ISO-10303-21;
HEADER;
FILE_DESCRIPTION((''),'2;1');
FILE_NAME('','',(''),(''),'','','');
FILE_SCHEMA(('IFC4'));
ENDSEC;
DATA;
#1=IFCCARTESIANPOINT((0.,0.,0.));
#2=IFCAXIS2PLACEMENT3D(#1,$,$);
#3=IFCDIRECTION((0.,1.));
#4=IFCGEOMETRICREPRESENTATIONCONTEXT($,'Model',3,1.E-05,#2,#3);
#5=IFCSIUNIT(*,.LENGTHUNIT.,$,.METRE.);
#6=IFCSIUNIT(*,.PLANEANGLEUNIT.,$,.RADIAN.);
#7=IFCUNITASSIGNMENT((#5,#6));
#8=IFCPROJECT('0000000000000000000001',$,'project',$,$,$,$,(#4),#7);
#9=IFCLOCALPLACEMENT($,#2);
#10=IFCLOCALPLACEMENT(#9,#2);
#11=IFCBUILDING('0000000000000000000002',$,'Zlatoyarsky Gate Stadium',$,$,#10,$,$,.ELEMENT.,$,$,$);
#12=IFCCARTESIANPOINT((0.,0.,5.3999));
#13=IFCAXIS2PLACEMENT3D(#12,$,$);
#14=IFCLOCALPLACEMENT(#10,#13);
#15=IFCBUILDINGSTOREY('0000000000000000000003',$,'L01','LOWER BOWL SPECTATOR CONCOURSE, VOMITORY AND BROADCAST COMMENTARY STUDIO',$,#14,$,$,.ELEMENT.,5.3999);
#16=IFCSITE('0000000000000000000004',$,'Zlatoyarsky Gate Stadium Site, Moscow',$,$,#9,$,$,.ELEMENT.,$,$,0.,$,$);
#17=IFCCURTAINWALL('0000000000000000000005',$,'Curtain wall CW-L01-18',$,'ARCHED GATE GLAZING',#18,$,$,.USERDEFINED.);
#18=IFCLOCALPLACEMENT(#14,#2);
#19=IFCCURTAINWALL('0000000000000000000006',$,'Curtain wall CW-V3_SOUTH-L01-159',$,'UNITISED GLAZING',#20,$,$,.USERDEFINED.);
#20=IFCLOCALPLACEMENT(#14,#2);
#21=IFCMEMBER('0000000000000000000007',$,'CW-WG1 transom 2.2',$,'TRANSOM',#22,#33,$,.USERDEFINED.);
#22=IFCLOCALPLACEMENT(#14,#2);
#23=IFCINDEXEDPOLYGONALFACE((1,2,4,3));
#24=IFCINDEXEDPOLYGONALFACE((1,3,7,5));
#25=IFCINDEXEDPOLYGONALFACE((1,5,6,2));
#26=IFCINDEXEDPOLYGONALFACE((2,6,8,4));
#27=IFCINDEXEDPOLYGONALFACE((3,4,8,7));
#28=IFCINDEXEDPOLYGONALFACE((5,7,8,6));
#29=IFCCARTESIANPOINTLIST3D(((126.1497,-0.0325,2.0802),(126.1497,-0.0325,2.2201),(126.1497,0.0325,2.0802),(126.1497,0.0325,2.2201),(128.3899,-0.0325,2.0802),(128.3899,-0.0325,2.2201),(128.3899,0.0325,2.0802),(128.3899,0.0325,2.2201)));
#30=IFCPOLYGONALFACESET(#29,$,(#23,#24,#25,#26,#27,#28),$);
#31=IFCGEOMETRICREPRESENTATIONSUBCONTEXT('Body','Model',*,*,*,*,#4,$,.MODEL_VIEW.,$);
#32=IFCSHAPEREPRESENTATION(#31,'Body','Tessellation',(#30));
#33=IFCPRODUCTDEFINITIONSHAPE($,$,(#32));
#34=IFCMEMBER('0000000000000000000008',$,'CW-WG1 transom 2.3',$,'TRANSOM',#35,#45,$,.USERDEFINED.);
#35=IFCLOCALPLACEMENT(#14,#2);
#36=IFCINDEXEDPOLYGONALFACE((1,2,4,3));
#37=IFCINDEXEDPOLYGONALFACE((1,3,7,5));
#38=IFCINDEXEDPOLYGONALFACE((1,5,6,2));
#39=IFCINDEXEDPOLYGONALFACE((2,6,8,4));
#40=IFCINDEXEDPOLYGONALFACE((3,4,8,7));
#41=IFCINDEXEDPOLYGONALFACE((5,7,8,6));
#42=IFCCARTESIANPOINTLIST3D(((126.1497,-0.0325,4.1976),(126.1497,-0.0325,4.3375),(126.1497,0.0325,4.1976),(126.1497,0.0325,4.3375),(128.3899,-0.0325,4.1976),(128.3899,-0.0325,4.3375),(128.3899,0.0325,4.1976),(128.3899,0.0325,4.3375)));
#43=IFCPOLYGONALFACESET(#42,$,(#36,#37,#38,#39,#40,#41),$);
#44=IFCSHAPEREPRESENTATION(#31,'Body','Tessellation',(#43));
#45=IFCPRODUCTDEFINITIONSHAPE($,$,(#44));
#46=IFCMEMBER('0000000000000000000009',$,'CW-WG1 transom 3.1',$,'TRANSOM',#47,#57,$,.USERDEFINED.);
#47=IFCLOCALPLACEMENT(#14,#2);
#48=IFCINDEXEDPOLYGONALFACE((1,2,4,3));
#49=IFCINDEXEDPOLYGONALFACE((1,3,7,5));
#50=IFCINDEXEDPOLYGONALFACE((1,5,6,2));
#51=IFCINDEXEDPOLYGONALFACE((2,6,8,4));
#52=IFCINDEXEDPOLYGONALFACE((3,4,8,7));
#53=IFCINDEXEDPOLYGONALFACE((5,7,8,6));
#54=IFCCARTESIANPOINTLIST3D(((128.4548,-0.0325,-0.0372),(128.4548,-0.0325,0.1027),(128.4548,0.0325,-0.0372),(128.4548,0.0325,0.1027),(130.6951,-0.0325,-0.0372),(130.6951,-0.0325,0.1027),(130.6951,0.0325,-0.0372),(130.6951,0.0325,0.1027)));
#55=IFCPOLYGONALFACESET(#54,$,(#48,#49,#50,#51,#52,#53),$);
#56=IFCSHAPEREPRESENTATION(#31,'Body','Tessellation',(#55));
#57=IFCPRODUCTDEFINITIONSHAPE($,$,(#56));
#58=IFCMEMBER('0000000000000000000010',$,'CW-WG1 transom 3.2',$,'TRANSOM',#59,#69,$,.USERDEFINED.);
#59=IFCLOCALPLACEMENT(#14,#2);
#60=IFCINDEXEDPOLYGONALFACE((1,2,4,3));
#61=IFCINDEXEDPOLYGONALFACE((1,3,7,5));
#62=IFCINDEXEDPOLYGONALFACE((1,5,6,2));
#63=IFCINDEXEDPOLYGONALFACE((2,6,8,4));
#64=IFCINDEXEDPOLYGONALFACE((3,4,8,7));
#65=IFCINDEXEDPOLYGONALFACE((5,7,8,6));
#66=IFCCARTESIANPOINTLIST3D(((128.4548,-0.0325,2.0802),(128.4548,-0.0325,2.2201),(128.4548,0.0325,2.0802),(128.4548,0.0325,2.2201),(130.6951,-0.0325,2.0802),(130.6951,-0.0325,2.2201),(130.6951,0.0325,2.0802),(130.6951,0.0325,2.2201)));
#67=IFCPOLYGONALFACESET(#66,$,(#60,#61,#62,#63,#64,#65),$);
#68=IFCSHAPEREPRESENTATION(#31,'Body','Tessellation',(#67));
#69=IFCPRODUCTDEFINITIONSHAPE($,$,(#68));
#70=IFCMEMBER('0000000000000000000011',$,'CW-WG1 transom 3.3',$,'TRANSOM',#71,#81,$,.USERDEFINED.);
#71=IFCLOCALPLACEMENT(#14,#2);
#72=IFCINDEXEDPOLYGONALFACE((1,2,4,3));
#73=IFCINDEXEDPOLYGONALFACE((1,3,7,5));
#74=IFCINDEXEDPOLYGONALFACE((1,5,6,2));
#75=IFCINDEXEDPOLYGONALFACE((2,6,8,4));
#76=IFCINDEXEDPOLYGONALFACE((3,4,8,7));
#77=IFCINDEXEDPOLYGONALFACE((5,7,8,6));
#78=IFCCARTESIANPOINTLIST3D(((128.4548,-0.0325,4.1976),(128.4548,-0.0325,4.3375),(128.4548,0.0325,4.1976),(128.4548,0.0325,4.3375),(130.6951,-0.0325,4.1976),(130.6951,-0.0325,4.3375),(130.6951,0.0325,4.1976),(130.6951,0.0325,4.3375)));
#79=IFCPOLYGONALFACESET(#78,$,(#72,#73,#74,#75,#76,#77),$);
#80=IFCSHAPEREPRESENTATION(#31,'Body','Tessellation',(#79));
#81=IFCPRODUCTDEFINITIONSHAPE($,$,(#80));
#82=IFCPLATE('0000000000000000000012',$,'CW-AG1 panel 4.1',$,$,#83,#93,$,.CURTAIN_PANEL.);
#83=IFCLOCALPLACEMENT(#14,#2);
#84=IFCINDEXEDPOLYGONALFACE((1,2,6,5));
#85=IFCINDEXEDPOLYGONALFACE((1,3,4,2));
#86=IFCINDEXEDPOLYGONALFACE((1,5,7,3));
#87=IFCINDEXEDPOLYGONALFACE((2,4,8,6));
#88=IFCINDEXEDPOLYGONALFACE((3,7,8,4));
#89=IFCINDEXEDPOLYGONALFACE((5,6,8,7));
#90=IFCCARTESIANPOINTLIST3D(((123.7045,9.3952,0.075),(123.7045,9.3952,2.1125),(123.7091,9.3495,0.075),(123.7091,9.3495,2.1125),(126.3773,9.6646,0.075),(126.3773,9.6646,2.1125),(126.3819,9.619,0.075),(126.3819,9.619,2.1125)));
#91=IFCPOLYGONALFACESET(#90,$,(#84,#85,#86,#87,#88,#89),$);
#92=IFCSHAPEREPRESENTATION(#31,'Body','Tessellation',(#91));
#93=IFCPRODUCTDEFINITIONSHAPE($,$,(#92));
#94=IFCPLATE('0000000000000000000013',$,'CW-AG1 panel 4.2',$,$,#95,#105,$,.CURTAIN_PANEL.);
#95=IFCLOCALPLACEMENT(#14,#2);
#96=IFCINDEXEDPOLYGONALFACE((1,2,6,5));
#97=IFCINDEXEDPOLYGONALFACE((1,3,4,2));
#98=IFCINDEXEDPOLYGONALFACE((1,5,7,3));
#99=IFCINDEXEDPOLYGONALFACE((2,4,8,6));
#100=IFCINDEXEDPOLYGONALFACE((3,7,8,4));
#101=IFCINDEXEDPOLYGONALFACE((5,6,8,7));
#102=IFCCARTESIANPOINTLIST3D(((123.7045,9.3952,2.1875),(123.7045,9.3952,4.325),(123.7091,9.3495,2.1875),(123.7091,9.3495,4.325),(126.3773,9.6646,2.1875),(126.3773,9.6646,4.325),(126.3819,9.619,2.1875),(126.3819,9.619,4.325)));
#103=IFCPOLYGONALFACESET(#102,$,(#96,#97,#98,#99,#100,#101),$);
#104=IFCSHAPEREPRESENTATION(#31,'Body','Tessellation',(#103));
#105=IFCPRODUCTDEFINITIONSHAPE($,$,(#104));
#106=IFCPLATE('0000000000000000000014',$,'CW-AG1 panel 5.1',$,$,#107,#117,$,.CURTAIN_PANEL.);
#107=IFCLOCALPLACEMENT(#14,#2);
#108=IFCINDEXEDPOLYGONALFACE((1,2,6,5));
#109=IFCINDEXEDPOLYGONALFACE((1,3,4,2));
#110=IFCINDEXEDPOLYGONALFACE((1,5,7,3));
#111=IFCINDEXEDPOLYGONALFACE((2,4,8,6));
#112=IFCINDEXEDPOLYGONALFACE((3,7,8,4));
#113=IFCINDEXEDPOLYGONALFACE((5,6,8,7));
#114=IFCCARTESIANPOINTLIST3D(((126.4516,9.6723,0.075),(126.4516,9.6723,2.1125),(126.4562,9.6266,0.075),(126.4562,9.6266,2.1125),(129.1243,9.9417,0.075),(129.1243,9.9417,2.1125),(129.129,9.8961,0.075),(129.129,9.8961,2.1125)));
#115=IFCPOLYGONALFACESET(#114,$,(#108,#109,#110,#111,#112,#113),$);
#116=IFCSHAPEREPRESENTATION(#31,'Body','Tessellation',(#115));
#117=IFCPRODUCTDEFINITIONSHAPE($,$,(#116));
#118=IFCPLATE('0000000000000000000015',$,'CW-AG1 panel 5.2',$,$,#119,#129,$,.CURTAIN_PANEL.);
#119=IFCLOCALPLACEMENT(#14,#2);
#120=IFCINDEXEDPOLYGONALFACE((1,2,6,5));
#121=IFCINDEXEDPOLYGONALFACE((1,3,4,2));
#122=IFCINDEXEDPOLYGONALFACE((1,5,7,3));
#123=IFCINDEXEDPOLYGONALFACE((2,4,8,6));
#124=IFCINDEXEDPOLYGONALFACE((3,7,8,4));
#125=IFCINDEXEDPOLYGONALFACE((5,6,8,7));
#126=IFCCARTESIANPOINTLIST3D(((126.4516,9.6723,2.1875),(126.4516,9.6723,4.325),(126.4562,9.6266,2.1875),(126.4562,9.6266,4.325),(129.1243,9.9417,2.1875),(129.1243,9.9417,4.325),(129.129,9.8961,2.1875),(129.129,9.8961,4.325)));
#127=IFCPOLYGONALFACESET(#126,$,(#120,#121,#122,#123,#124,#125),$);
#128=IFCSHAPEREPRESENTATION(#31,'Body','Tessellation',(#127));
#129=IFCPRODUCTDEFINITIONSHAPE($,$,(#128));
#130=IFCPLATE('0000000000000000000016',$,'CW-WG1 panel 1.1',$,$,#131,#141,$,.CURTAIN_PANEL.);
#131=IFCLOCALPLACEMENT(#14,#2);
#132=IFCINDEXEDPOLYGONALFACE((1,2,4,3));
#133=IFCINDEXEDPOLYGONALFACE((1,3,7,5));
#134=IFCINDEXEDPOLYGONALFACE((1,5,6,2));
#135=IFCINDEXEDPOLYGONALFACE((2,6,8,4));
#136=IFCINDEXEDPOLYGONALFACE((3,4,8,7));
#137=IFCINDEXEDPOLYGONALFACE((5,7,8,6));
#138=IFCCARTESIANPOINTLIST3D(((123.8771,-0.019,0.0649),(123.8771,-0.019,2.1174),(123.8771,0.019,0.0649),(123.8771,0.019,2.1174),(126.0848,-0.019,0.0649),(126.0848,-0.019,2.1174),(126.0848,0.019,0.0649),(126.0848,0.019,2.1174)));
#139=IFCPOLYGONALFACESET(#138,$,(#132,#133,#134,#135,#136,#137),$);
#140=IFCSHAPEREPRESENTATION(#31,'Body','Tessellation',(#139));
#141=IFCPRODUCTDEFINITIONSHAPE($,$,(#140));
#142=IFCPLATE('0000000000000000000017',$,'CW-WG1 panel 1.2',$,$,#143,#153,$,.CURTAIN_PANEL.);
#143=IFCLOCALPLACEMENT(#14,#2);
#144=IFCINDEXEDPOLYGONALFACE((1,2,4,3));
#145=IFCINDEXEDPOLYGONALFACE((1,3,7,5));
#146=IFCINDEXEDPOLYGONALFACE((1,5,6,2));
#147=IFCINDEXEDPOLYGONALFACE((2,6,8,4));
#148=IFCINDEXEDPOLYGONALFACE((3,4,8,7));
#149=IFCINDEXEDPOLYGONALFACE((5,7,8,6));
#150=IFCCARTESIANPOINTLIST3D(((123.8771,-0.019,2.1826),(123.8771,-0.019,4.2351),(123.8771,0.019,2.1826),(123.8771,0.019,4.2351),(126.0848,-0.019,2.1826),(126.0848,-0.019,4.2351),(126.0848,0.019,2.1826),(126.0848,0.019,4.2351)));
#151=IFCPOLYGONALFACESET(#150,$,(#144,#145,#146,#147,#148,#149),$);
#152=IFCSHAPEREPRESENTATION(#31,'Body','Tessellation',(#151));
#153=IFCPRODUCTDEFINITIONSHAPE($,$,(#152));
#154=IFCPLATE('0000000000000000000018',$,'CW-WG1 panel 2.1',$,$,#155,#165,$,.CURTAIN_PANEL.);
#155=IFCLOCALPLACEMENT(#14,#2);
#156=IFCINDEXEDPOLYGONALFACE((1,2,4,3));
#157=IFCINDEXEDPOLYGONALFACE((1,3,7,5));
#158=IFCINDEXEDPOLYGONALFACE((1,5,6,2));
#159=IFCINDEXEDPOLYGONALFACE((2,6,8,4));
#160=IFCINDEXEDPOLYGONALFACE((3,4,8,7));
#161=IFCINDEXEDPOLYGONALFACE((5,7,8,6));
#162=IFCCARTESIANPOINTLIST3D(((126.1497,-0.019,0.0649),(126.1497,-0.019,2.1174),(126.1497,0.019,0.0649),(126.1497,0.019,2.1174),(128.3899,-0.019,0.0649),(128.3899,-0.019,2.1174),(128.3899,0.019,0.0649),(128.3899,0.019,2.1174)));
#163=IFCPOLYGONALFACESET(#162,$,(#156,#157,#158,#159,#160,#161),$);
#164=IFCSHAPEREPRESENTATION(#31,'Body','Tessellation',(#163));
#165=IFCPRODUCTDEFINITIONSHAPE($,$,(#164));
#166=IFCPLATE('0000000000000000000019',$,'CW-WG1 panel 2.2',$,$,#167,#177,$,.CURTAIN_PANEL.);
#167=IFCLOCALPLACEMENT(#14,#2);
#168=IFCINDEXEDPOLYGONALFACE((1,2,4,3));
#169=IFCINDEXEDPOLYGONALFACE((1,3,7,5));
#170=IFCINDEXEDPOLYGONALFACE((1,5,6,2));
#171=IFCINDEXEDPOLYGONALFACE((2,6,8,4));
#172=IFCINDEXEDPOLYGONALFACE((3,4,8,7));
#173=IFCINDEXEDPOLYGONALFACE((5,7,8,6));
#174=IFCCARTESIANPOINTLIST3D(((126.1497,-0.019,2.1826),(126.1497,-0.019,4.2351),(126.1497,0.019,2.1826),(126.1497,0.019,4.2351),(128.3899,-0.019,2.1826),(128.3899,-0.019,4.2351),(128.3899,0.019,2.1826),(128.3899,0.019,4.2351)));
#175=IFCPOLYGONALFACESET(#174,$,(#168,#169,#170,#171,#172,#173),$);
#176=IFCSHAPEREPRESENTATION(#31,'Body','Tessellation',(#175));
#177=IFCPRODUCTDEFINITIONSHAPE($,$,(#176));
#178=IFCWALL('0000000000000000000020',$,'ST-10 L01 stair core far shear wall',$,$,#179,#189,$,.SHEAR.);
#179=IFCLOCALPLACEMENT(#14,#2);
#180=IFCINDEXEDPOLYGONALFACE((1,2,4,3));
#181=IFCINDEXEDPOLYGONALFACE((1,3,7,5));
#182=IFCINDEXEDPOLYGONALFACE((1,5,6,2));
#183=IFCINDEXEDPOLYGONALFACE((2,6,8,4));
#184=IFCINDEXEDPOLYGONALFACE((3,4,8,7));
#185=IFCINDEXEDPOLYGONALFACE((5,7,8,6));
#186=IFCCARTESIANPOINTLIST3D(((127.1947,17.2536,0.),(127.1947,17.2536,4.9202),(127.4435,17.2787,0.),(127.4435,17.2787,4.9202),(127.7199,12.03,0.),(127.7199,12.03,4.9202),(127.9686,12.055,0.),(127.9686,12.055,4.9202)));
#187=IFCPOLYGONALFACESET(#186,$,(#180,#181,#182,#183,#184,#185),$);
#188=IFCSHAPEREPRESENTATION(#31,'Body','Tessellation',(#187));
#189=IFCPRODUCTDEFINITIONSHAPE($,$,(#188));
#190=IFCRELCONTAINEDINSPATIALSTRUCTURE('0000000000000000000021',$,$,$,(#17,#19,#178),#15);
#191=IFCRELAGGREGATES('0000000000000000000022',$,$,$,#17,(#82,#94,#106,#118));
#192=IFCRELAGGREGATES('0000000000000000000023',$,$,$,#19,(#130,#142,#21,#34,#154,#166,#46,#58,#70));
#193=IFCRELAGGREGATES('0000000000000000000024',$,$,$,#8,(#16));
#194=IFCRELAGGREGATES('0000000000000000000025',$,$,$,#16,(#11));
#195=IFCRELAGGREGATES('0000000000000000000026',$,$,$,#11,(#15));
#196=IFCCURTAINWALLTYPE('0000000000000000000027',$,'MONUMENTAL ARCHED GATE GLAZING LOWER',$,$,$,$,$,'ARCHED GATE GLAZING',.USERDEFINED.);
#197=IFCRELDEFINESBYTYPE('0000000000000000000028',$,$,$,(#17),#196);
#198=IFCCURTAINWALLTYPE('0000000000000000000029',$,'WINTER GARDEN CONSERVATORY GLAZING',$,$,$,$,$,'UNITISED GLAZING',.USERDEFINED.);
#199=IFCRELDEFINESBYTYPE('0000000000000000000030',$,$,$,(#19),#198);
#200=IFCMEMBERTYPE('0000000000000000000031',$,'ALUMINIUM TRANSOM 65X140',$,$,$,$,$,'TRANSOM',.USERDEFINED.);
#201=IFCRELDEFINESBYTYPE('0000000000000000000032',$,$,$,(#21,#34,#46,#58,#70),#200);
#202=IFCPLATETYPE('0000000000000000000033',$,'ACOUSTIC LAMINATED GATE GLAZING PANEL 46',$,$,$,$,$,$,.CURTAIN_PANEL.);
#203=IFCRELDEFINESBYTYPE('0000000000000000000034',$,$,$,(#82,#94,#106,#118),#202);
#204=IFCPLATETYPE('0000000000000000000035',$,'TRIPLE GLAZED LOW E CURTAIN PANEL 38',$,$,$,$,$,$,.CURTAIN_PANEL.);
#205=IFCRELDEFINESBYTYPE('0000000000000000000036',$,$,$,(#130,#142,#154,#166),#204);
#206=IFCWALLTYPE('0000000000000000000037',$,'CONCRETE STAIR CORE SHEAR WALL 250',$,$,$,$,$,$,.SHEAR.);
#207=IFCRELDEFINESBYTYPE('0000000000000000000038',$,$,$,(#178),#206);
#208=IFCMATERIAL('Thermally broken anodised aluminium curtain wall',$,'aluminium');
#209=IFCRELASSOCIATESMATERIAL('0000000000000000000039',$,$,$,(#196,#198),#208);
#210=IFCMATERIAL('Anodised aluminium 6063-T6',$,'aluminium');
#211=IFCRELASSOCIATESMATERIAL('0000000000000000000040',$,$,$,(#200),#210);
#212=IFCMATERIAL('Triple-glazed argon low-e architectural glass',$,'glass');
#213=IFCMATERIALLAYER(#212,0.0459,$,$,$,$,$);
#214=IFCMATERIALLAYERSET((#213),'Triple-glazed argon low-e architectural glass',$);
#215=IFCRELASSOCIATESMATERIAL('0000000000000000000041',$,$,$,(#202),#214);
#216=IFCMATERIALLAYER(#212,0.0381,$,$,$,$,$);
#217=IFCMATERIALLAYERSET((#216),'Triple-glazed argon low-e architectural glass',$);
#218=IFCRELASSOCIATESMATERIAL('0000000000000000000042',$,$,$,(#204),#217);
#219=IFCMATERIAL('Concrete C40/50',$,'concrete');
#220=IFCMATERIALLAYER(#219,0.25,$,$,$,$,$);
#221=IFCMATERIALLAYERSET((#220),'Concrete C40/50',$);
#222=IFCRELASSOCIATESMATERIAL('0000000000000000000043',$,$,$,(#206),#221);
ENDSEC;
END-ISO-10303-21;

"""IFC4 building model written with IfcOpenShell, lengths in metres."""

from ifc_helpers import new_model, si_unit, direction, frame, frame_2d, origin, origin_2d, place, context, subcontext, project, spatial, rectangle, extrude, material, layer, layer_set, material_profile, profile_set, type_object, element, aggregate, save


model = new_model("IFC4")

# Units and contexts
model_context = context("Model", 3, precision=1e-05, world=origin(), true_north=direction((0.0, 1.0)))
body_context = subcontext(model_context, "Body", "Model", "MODEL_VIEW")
ifc_project = project(units=[si_unit("LENGTHUNIT", "METRE"), si_unit("PLANEANGLEUNIT", "RADIAN")], contexts=[model_context])

# Site, building, storey
site_placement = place(None, origin())
site = spatial("IfcSite", under=ifc_project, at=site_placement, Name="Zlatoyarsky Gate Stadium Site, Moscow", CompositionType="ELEMENT", RefElevation=0.0)
building_placement = place(site_placement, origin())
building = spatial("IfcBuilding", under=site, at=building_placement, Name="Zlatoyarsky Gate Stadium", CompositionType="ELEMENT")
storey_placement = place(building_placement, frame((0.0, 0.0, 5.3999)))
storey = spatial("IfcBuildingStorey", under=building, at=storey_placement, Name="L01", Description="LOWER BOWL SPECTATOR CONCOURSE, VOMITORY AND BROADCAST COMMENTARY STUDIO", CompositionType="ELEMENT", Elevation=5.3999)

# Curtain walls, members
ifc_material_1 = material(Name="Thermally broken anodised aluminium curtain wall", Category="aluminium")
curtain_wall_type_1 = type_object("IfcCurtainWallType", Name="MONUMENTAL ARCHED GATE GLAZING LOWER", ElementType="ARCHED GATE GLAZING", PredefinedType="USERDEFINED", material=ifc_material_1)
curtain_wall_1_placement = place(storey_placement, origin())
curtain_wall_1 = element("IfcCurtainWall", 1, at=curtain_wall_1_placement, inside=storey, type_object=curtain_wall_type_1, Name="Curtain wall CW-L01-18", ObjectType="ARCHED GATE GLAZING", PredefinedType="USERDEFINED")
ifc_material_2 = material(Name="Anodised aluminium 6063-T6", Category="aluminium")
curtain_wall_type_2 = type_object("IfcCurtainWallType", Name="WINTER GARDEN CONSERVATORY GLAZING", ElementType="UNITISED GLAZING", PredefinedType="USERDEFINED", material=ifc_material_1)
curtain_wall_2_placement = place(storey_placement, origin())
curtain_wall_2 = element("IfcCurtainWall", 2, at=curtain_wall_2_placement, inside=storey, type_object=curtain_wall_type_2, Name="Curtain wall CW-V3_SOUTH-L01-159", ObjectType="UNITISED GLAZING", PredefinedType="USERDEFINED")
ifc_material_profile_1 = material_profile(ifc_material_2, rectangle(XDim=0.0649, YDim=0.1399, at=origin_2d()), Name="ALU 65X140")
ifc_profile_set_1 = profile_set([ifc_material_profile_1], Name="Anodised aluminium 6063-T6")
member_type_1 = type_object("IfcMemberType", Name="ALUMINIUM TRANSOM 65X140", ElementType="TRANSOM", PredefinedType="USERDEFINED", material=ifc_profile_set_1)
member_1_placement = place(storey_placement, frame((126.1497, 0.0, 2.1501), z_axis=(1.0, 0.0, 0.0), x_axis=(0.0, 1.0, 0.0)))
member_1 = element("IfcMember", 3, at=member_1_placement, type_object=member_type_1, Name="CW-WG1 transom 2.2", ObjectType="TRANSOM", PredefinedType="USERDEFINED", context=body_context, shape_type="SweptSolid", body=[
    extrude(rectangle(XDim=0.0649, YDim=0.1399, at=origin_2d()), origin(), (0.0, 0.0, 1.0), 2.2402),
])
member_2_placement = place(storey_placement, frame((126.1497, 0.0, 4.2676), z_axis=(1.0, 0.0, 0.0), x_axis=(0.0, 1.0, 0.0)))
member_2 = element("IfcMember", 4, at=member_2_placement, type_object=member_type_1, Name="CW-WG1 transom 2.3", ObjectType="TRANSOM", PredefinedType="USERDEFINED", context=body_context, shape_type="SweptSolid", body=[
    extrude(rectangle(XDim=0.0649, YDim=0.1399, at=origin_2d()), origin(), (0.0, 0.0, 1.0), 2.2402),
])
member_3_placement = place(storey_placement, frame((128.4548, 0.0, 0.0327), z_axis=(1.0, 0.0, 0.0), x_axis=(0.0, 1.0, 0.0)))
member_3 = element("IfcMember", 5, at=member_3_placement, type_object=member_type_1, Name="CW-WG1 transom 3.1", ObjectType="TRANSOM", PredefinedType="USERDEFINED", context=body_context, shape_type="SweptSolid", body=[
    extrude(rectangle(XDim=0.0649, YDim=0.1399, at=origin_2d()), origin(), (0.0, 0.0, 1.0), 2.2402),
])
member_4_placement = place(storey_placement, frame((128.4548, 0.0, 2.1501), z_axis=(1.0, 0.0, 0.0), x_axis=(0.0, 1.0, 0.0)))
member_4 = element("IfcMember", 6, at=member_4_placement, type_object=member_type_1, Name="CW-WG1 transom 3.2", ObjectType="TRANSOM", PredefinedType="USERDEFINED", context=body_context, shape_type="SweptSolid", body=[
    extrude(rectangle(XDim=0.0649, YDim=0.1399, at=origin_2d()), origin(), (0.0, 0.0, 1.0), 2.2402),
])
member_5_placement = place(storey_placement, frame((128.4548, 0.0, 4.2676), z_axis=(1.0, 0.0, 0.0), x_axis=(0.0, 1.0, 0.0)))
member_5 = element("IfcMember", 7, at=member_5_placement, type_object=member_type_1, Name="CW-WG1 transom 3.3", ObjectType="TRANSOM", PredefinedType="USERDEFINED", context=body_context, shape_type="SweptSolid", body=[
    extrude(rectangle(XDim=0.0649, YDim=0.1399, at=origin_2d()), origin(), (0.0, 0.0, 1.0), 2.2402),
])

# Plates
ifc_material_3 = material(Name="Triple-glazed argon low-e architectural glass", Category="glass")
ifc_layer_1 = layer(ifc_material_3, 0.0459)
ifc_layer_set_1 = layer_set([ifc_layer_1], Name="Triple-glazed argon low-e architectural glass")
plate_type_1 = type_object("IfcPlateType", Name="ACOUSTIC LAMINATED GATE GLAZING PANEL 46", PredefinedType="CURTAIN_PANEL", material=ifc_layer_set_1)
plate_1_placement = place(storey_placement, frame((125.0432, 9.5071, 0.075), z_axis=(0.0, 0.0, 1.0), x_axis=(0.994957, 0.100303, 0.0)))
plate_1 = element("IfcPlate", 8, at=plate_1_placement, type_object=plate_type_1, Name="CW-AG1 panel 4.1", PredefinedType="CURTAIN_PANEL", context=body_context, shape_type="SweptSolid", body=[
    extrude(rectangle(XDim=2.6863, YDim=0.0459, at=origin_2d()), origin(), (0.0, 0.0, 1.0), 2.0376),
])
plate_2_placement = place(storey_placement, frame((125.0432, 9.5071, 2.1875), z_axis=(0.0, 0.0, 1.0), x_axis=(0.994957, 0.100303, 0.0)))
plate_2 = element("IfcPlate", 9, at=plate_2_placement, type_object=plate_type_1, Name="CW-AG1 panel 4.2", PredefinedType="CURTAIN_PANEL", context=body_context, shape_type="SweptSolid", body=[
    extrude(rectangle(XDim=2.6863, YDim=0.0459, at=origin_2d()), origin(), (0.0, 0.0, 1.0), 2.1375),
])
plate_3_placement = place(storey_placement, frame((127.7903, 9.7842, 0.075), z_axis=(0.0, 0.0, 1.0), x_axis=(0.994957, 0.100303, 0.0)))
plate_3 = element("IfcPlate", 10, at=plate_3_placement, type_object=plate_type_1, Name="CW-AG1 panel 5.1", PredefinedType="CURTAIN_PANEL", context=body_context, shape_type="SweptSolid", body=[
    extrude(rectangle(XDim=2.6863, YDim=0.0459, at=origin_2d()), origin(), (0.0, 0.0, 1.0), 2.0376),
])
plate_4_placement = place(storey_placement, frame((127.7903, 9.7842, 2.1875), z_axis=(0.0, 0.0, 1.0), x_axis=(0.994957, 0.100303, 0.0)))
plate_4 = element("IfcPlate", 11, at=plate_4_placement, type_object=plate_type_1, Name="CW-AG1 panel 5.2", PredefinedType="CURTAIN_PANEL", context=body_context, shape_type="SweptSolid", body=[
    extrude(rectangle(XDim=2.6863, YDim=0.0459, at=origin_2d()), origin(), (0.0, 0.0, 1.0), 2.1375),
])
aggregate(curtain_wall_1, [plate_1, plate_2, plate_3, plate_4])
ifc_layer_2 = layer(ifc_material_3, 0.0381)
ifc_layer_set_2 = layer_set([ifc_layer_2], Name="Triple-glazed argon low-e architectural glass")
plate_type_2 = type_object("IfcPlateType", Name="TRIPLE GLAZED LOW E CURTAIN PANEL 38", PredefinedType="CURTAIN_PANEL", material=ifc_layer_set_2)
plate_5_placement = place(storey_placement, frame((124.981, 0.0, 0.0649), z_axis=(0.0, 0.0, 1.0), x_axis=(1.0, 0.0, 0.0)))
plate_5 = element("IfcPlate", 12, at=plate_5_placement, type_object=plate_type_2, Name="CW-WG1 panel 1.1", PredefinedType="CURTAIN_PANEL", context=body_context, shape_type="SweptSolid", body=[
    extrude(rectangle(XDim=2.2078, YDim=0.0381, at=origin_2d()), origin(), (0.0, 0.0, 1.0), 2.0525),
])
plate_6_placement = place(storey_placement, frame((124.981, 0.0, 2.1826), z_axis=(0.0, 0.0, 1.0), x_axis=(1.0, 0.0, 0.0)))
plate_6 = element("IfcPlate", 13, at=plate_6_placement, type_object=plate_type_2, Name="CW-WG1 panel 1.2", PredefinedType="CURTAIN_PANEL", context=body_context, shape_type="SweptSolid", body=[
    extrude(rectangle(XDim=2.2078, YDim=0.0381, at=origin_2d()), origin(), (0.0, 0.0, 1.0), 2.0525),
])
plate_7_placement = place(storey_placement, frame((127.2698, 0.0, 0.0649), z_axis=(0.0, 0.0, 1.0), x_axis=(1.0, 0.0, 0.0)))
plate_7 = element("IfcPlate", 14, at=plate_7_placement, type_object=plate_type_2, Name="CW-WG1 panel 2.1", PredefinedType="CURTAIN_PANEL", context=body_context, shape_type="SweptSolid", body=[
    extrude(rectangle(XDim=2.2402, YDim=0.0381, at=origin_2d()), origin(), (0.0, 0.0, 1.0), 2.0525),
])
plate_8_placement = place(storey_placement, frame((127.2698, 0.0, 2.1826), z_axis=(0.0, 0.0, 1.0), x_axis=(1.0, 0.0, 0.0)))
plate_8 = element("IfcPlate", 15, at=plate_8_placement, type_object=plate_type_2, Name="CW-WG1 panel 2.2", PredefinedType="CURTAIN_PANEL", context=body_context, shape_type="SweptSolid", body=[
    extrude(rectangle(XDim=2.2402, YDim=0.0381, at=origin_2d()), origin(), (0.0, 0.0, 1.0), 2.0525),
])
aggregate(curtain_wall_2, [plate_5, plate_6, member_1, member_2, plate_7, plate_8, member_3, member_4, member_5])

# Wall
ifc_material_4 = material(Name="Concrete C40/50", Category="concrete")
ifc_layer_3 = layer(ifc_material_4, 0.25)
ifc_layer_set_3 = layer_set([ifc_layer_3], Name="Concrete C40/50")
wall_type = type_object("IfcWallType", Name="CONCRETE STAIR CORE SHEAR WALL 250", PredefinedType="SHEAR", material=ifc_layer_set_3)
wall_placement = place(storey_placement, frame((127.8442, 12.0425, 0.0), z_axis=(0.0, 0.0, 1.0), x_axis=(-0.100029, 0.994985, 0.0)))
element("IfcWall", 16, at=wall_placement, inside=storey, type_object=wall_type, Name="ST-10 L01 stair core far shear wall", PredefinedType="SHEAR", context=body_context, shape_type="SweptSolid", body=[
    extrude(rectangle(XDim=5.25, YDim=0.25, at=frame_2d((2.625, 0.0))), origin(), (0.0, 0.0, 1.0), 4.9202),
])

save(model, "model.ifc")
